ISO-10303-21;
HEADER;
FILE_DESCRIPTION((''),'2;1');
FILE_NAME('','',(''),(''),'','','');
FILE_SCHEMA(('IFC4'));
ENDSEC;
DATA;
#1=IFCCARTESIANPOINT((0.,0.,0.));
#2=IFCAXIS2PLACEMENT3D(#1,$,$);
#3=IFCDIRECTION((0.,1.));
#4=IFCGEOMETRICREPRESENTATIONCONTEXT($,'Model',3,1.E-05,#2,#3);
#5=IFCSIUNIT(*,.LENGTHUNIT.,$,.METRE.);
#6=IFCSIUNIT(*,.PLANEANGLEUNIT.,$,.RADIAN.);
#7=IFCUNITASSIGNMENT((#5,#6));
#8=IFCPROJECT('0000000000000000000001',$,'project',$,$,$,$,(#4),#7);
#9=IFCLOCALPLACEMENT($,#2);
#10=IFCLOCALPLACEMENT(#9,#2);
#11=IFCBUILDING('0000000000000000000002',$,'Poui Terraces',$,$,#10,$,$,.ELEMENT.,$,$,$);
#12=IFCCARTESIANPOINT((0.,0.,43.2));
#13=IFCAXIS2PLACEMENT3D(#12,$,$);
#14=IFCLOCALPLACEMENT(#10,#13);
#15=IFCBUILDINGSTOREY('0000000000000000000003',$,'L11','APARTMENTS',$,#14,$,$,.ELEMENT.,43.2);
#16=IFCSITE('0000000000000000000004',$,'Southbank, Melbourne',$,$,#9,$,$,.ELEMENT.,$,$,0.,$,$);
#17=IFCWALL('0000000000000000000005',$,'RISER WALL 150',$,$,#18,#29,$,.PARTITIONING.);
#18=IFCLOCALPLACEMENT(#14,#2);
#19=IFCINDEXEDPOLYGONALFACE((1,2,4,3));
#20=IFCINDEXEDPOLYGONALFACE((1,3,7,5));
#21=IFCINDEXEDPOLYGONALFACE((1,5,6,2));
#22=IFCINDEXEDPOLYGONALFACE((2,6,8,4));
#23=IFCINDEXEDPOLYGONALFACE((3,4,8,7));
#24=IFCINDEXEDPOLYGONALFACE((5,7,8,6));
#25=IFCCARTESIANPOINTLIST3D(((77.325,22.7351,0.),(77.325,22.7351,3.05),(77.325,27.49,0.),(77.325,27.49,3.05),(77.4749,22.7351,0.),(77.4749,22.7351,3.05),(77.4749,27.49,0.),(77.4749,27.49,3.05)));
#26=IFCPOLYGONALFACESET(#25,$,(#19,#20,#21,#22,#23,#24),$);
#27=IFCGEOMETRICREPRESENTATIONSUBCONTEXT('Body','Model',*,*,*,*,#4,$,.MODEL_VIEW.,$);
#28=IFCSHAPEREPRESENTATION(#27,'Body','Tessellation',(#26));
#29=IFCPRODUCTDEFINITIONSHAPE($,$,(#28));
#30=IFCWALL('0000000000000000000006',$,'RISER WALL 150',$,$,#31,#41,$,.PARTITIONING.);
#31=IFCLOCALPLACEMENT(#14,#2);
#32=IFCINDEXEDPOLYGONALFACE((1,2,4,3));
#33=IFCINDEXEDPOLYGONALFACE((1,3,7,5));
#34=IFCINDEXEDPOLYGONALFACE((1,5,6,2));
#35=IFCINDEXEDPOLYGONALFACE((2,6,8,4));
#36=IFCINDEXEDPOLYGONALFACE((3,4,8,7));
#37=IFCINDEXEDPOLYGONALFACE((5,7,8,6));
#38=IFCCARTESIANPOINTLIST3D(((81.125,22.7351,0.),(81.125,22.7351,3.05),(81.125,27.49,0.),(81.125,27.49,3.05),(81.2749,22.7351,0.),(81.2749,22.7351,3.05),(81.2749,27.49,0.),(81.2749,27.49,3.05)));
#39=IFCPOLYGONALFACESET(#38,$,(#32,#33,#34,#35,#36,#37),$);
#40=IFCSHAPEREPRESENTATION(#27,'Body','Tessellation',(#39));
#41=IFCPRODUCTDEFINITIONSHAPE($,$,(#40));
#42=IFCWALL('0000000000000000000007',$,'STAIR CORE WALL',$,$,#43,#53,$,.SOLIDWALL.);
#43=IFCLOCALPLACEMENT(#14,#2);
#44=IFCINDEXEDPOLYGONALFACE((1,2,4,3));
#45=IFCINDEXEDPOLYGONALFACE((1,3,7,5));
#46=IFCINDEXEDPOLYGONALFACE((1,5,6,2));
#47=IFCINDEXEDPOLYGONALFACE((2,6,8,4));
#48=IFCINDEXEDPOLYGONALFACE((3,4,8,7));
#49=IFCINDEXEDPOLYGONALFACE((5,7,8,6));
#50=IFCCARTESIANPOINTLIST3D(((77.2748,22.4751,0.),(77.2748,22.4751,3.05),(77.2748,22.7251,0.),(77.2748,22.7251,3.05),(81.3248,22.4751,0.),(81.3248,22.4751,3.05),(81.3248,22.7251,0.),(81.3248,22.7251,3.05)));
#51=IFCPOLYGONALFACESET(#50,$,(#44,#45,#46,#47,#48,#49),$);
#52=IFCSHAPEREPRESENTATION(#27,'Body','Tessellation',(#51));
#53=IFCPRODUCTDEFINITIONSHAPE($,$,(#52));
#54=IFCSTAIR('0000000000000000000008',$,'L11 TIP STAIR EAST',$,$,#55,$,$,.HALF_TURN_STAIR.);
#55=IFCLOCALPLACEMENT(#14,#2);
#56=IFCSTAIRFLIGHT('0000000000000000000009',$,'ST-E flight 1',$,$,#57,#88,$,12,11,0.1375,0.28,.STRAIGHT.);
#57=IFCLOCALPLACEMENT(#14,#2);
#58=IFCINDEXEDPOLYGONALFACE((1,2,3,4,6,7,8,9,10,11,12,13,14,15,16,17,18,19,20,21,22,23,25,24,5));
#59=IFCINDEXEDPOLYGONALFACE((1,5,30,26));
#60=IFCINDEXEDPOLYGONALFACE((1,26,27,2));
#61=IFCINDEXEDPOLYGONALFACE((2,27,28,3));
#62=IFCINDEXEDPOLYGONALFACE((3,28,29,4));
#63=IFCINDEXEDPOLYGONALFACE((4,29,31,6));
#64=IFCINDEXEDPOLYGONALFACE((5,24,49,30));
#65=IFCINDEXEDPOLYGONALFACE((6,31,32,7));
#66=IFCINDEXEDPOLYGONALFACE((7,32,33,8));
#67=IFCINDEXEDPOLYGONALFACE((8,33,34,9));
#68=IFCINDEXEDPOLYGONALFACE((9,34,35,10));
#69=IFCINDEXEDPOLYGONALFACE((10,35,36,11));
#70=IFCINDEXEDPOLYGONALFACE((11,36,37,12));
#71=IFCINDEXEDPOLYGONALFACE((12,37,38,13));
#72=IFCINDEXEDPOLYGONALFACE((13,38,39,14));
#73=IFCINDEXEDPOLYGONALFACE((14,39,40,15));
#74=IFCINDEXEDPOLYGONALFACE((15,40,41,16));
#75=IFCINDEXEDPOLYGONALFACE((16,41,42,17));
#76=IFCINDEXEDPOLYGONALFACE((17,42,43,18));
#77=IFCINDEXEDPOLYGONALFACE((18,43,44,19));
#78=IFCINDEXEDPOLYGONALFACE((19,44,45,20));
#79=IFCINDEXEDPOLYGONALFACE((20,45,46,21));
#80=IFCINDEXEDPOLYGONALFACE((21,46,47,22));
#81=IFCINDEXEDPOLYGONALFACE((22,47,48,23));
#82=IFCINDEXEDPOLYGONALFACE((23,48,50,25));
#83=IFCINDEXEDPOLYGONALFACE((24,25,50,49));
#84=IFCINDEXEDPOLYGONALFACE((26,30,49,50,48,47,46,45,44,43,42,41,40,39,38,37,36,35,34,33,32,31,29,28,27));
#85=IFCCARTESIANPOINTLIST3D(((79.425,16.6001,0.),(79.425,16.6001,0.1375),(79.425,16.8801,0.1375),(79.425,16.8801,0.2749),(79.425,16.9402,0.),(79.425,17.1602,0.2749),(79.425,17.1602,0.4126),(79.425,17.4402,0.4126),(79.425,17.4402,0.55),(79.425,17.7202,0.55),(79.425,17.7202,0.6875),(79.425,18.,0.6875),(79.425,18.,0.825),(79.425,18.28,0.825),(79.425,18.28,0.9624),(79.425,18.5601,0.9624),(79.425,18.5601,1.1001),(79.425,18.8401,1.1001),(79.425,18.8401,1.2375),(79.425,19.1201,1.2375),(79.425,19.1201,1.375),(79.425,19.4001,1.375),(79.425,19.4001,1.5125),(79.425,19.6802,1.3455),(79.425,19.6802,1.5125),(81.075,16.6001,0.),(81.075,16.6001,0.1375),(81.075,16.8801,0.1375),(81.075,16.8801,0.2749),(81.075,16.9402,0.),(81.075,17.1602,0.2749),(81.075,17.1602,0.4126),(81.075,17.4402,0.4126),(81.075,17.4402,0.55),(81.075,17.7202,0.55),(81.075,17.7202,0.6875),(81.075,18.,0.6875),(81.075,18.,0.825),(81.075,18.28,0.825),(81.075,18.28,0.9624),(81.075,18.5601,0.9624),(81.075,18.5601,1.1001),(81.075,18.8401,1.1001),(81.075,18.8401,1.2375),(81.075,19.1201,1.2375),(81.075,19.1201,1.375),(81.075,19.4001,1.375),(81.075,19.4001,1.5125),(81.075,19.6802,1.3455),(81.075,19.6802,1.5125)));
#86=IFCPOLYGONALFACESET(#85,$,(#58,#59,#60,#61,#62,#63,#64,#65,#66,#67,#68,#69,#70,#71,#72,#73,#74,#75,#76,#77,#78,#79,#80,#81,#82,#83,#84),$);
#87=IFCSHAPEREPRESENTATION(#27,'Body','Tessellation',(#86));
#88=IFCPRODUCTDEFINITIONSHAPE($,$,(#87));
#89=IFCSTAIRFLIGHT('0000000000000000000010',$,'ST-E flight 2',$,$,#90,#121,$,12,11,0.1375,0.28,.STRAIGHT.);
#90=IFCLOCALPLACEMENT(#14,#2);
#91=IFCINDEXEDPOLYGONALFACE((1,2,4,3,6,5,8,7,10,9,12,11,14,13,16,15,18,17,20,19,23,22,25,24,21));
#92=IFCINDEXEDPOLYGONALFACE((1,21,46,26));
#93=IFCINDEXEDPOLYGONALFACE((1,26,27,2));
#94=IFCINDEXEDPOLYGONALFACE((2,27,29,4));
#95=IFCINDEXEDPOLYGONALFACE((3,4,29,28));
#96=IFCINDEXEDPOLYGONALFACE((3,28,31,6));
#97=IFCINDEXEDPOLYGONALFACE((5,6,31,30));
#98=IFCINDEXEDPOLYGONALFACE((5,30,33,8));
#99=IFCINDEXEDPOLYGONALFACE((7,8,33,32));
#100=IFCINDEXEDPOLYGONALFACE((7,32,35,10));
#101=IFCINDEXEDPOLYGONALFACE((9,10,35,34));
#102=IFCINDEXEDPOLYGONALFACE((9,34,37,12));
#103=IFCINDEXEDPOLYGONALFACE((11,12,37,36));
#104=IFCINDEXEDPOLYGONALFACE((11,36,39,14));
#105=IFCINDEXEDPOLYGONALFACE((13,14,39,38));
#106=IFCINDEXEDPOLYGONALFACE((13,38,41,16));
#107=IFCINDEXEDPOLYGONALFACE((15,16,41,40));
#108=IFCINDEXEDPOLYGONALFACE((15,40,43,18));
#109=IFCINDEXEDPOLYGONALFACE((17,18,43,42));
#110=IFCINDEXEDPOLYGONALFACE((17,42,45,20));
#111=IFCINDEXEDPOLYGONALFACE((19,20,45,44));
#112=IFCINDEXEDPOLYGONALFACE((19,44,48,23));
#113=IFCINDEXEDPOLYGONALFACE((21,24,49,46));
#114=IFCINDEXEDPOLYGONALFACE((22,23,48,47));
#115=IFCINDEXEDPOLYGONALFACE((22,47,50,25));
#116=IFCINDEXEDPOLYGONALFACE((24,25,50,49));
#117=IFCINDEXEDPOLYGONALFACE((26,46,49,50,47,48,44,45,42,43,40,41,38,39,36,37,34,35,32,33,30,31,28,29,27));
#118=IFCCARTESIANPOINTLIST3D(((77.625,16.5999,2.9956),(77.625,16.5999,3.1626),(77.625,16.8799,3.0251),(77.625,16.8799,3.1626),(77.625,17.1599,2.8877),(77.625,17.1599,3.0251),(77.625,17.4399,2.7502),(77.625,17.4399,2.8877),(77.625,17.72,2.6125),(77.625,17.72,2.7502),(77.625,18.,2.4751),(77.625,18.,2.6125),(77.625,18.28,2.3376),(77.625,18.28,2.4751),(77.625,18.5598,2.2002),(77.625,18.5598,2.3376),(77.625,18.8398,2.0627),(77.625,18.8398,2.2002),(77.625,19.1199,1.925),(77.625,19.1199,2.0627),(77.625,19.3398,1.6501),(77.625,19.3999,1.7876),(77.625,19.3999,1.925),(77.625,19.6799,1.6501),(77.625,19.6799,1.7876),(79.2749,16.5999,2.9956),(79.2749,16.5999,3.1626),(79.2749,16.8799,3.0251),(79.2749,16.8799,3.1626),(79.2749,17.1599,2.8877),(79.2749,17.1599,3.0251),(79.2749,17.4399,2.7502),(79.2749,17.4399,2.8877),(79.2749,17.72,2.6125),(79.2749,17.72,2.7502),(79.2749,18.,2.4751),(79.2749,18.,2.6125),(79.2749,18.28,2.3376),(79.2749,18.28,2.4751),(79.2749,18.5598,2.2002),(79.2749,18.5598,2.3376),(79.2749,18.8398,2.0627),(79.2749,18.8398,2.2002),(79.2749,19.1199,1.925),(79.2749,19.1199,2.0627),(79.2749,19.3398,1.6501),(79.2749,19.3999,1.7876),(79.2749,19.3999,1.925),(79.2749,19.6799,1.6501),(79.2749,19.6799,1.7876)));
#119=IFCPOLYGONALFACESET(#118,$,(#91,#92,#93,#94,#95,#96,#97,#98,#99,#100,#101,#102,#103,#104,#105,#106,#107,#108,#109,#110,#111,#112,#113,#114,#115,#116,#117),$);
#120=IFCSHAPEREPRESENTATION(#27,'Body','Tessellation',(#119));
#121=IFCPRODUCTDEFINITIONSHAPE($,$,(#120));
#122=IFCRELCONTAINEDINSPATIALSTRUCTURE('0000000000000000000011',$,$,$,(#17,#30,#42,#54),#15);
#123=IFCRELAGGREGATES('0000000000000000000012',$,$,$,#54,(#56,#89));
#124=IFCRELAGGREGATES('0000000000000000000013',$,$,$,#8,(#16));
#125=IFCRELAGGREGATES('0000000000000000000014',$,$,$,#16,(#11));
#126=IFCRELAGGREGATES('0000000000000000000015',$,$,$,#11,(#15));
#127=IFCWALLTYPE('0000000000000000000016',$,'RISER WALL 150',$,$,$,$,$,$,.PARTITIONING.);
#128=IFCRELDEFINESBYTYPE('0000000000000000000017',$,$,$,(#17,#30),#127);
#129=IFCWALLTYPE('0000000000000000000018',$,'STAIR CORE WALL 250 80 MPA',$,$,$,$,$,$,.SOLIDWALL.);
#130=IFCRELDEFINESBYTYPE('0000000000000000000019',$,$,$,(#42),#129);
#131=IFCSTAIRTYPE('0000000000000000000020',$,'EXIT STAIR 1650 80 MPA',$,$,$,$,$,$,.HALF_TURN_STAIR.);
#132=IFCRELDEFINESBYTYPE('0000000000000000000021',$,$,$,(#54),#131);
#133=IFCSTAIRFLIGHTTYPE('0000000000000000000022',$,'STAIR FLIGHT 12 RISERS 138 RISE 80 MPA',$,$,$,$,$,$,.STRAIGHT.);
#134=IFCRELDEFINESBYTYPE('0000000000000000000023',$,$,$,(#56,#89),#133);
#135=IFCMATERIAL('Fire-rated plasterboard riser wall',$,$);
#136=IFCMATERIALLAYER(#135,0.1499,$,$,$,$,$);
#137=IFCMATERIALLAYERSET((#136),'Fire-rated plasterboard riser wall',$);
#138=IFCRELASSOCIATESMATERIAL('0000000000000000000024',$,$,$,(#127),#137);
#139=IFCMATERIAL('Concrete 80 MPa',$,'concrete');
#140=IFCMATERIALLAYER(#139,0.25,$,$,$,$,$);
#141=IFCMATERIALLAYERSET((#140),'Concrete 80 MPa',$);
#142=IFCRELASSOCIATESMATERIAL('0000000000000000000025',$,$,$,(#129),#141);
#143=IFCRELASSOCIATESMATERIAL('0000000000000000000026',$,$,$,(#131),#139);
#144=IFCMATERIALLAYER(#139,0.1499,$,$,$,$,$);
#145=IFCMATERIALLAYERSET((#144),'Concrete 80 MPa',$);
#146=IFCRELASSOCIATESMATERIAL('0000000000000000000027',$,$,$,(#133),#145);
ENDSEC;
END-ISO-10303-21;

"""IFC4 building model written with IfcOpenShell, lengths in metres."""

from ifc_helpers import new_model, si_unit, direction, frame, frame_2d, origin, place, context, subcontext, project, spatial, polyline, rectangle, outline, extrude, material, layer, layer_set, type_object, element, aggregate, save


model = new_model("IFC4")

# Units and contexts
model_context = context("Model", 3, precision=1e-05, world=origin(), true_north=direction((0.0, 1.0)))
body_context = subcontext(model_context, "Body", "Model", "MODEL_VIEW")
ifc_project = project(units=[si_unit("LENGTHUNIT", "METRE"), si_unit("PLANEANGLEUNIT", "RADIAN")], contexts=[model_context])

# Site, building, storey
site_placement = place(None, origin())
site = spatial("IfcSite", under=ifc_project, at=site_placement, Name="Southbank, Melbourne", CompositionType="ELEMENT", RefElevation=0.0)
building_placement = place(site_placement, origin())
building = spatial("IfcBuilding", under=site, at=building_placement, Name="Poui Terraces", CompositionType="ELEMENT")
storey_placement = place(building_placement, frame((0.0, 0.0, 43.2)))
storey = spatial("IfcBuildingStorey", under=building, at=storey_placement, Name="L11", Description="APARTMENTS", CompositionType="ELEMENT", Elevation=43.2)

# Shared definitions
ifc_material_1 = material(Name="Concrete 80 MPa", Category="concrete")

# Walls
ifc_material_2 = material(Name="Fire-rated plasterboard riser wall")
ifc_layer_1 = layer(ifc_material_2, 0.1499)
ifc_layer_set_1 = layer_set([ifc_layer_1], Name="Fire-rated plasterboard riser wall")
wall_type_1 = type_object("IfcWallType", Name="RISER WALL 150", PredefinedType="PARTITIONING", material=ifc_layer_set_1)
for number, where, z_axis, x_axis, name in (
    (1, (77.3999, 22.7351, 0.0), (0.0, 0.0, 1.0), (0.0, 1.0, 0.0), "RISER WALL 150"),
    (2, (81.2, 22.7351, 0.0), (0.0, 0.0, 1.0), (0.0, 1.0, 0.0), "RISER WALL 150"),
):
    element("IfcWall", number, at=place(storey_placement, frame(where, z_axis=z_axis, x_axis=x_axis)), inside=storey, type_object=wall_type_1, Name=name, PredefinedType="PARTITIONING", context=body_context, shape_type="SweptSolid", body=[
        extrude(rectangle(XDim=4.7549, YDim=0.1499, at=frame_2d((2.3774, 0.0))), origin(), (0.0, 0.0, 1.0), 3.05),
    ])
ifc_layer_2 = layer(ifc_material_1, 0.25)
ifc_layer_set_2 = layer_set([ifc_layer_2], Name="Concrete 80 MPa")
wall_type_2 = type_object("IfcWallType", Name="STAIR CORE WALL 250 80 MPA", PredefinedType="SOLIDWALL", material=ifc_layer_set_2)
wall_1_placement = place(storey_placement, frame((77.2749, 22.6001, 0.0), z_axis=(0.0, 0.0, 1.0), x_axis=(1.0, 0.0, 0.0)))
element("IfcWall", 3, at=wall_1_placement, inside=storey, type_object=wall_type_2, Name="STAIR CORE WALL", PredefinedType="SOLIDWALL", context=body_context, shape_type="SweptSolid", body=[
    extrude(rectangle(XDim=4.05, YDim=0.25, at=frame_2d((2.0249, 0.0))), origin(), (0.0, 0.0, 1.0), 3.05),
])

# Stair, stair flights
stair_type = type_object("IfcStairType", Name="EXIT STAIR 1650 80 MPA", PredefinedType="HALF_TURN_STAIR", material=ifc_material_1)
stair_placement = place(storey_placement, origin())
stair = element("IfcStair", 4, at=stair_placement, inside=storey, type_object=stair_type, Name="L11 TIP STAIR EAST", PredefinedType="HALF_TURN_STAIR")
ifc_layer_3 = layer(ifc_material_1, 0.1499)
ifc_layer_set_3 = layer_set([ifc_layer_3], Name="Concrete 80 MPa")
stair_flight_type = type_object("IfcStairFlightType", Name="STAIR FLIGHT 12 RISERS 138 RISE 80 MPA", PredefinedType="STRAIGHT", material=ifc_layer_set_3)
stair_flight_1_placement = place(storey_placement, frame((80.25, 16.6001, 0.0), z_axis=(0.0, 0.0, 1.0), x_axis=(0.0, 1.0, 0.0)))
stair_flight_1 = element("IfcStairFlight", 5, at=stair_flight_1_placement, type_object=stair_flight_type, Name="ST-E flight 1", NumberOfRisers=12, NumberOfTreads=11, PredefinedType="STRAIGHT", RiserHeight=0.1375, TreadLength=0.28, context=body_context, shape_type="SweptSolid", body=[
    extrude(outline(polyline([(0.0, 0.0), (0.0, 0.1375), (0.28, 0.1375), (0.28, 0.2749), (0.5601, 0.2749), (0.5601, 0.4126), (0.8401, 0.4126), (0.8401, 0.55), (1.1201, 0.55), (1.1201, 0.6875), (1.3999, 0.6875), (1.3999, 0.825), (1.6799, 0.825), (1.6799, 0.9624), (1.96, 0.9624), (1.96, 1.1001), (2.24, 1.1001), (2.24, 1.2375), (2.52, 1.2375), (2.52, 1.375), (2.8, 1.375), (2.8, 1.5125), (3.0801, 1.5125), (3.0801, 1.6499), (3.0801, 1.3455), (0.3401, 0.0), (0.0, 0.0)])), frame((0.0, 0.825, 0.0), z_axis=(0.0, -1.0, 0.0), x_axis=(1.0, 0.0, 0.0)), (0.0, 0.0, 1.0), 1.6499),
])
stair_flight_2_placement = place(storey_placement, frame((78.45, 19.6799, 1.6501), z_axis=(0.0, 0.0, 1.0), x_axis=(0.0, -1.0, 0.0)))
stair_flight_2 = element("IfcStairFlight", 6, at=stair_flight_2_placement, type_object=stair_flight_type, Name="ST-E flight 2", NumberOfRisers=12, NumberOfTreads=11, PredefinedType="STRAIGHT", RiserHeight=0.1375, TreadLength=0.28, context=body_context, shape_type="SweptSolid", body=[
    extrude(outline(polyline([(0.0, 0.0), (0.0, 0.1375), (0.28, 0.1375), (0.28, 0.2749), (0.5601, 0.2749), (0.5601, 0.4126), (0.8401, 0.4126), (0.8401, 0.55), (1.1201, 0.55), (1.1201, 0.6875), (1.3999, 0.6875), (1.3999, 0.825), (1.6799, 0.825), (1.6799, 0.9624), (1.96, 0.9624), (1.96, 1.1001), (2.24, 1.1001), (2.24, 1.2375), (2.52, 1.2375), (2.52, 1.375), (2.8, 1.375), (2.8, 1.5125), (3.0801, 1.5125), (3.0801, 1.6499), (3.0801, 1.3455), (0.3401, 0.0), (0.0, 0.0)])), frame((0.0, 0.825, 0.0), z_axis=(0.0, -1.0, 0.0), x_axis=(1.0, 0.0, 0.0)), (0.0, 0.0, 1.0), 1.6499),
])
aggregate(stair, [stair_flight_1, stair_flight_2])

save(model, "model.ifc")
